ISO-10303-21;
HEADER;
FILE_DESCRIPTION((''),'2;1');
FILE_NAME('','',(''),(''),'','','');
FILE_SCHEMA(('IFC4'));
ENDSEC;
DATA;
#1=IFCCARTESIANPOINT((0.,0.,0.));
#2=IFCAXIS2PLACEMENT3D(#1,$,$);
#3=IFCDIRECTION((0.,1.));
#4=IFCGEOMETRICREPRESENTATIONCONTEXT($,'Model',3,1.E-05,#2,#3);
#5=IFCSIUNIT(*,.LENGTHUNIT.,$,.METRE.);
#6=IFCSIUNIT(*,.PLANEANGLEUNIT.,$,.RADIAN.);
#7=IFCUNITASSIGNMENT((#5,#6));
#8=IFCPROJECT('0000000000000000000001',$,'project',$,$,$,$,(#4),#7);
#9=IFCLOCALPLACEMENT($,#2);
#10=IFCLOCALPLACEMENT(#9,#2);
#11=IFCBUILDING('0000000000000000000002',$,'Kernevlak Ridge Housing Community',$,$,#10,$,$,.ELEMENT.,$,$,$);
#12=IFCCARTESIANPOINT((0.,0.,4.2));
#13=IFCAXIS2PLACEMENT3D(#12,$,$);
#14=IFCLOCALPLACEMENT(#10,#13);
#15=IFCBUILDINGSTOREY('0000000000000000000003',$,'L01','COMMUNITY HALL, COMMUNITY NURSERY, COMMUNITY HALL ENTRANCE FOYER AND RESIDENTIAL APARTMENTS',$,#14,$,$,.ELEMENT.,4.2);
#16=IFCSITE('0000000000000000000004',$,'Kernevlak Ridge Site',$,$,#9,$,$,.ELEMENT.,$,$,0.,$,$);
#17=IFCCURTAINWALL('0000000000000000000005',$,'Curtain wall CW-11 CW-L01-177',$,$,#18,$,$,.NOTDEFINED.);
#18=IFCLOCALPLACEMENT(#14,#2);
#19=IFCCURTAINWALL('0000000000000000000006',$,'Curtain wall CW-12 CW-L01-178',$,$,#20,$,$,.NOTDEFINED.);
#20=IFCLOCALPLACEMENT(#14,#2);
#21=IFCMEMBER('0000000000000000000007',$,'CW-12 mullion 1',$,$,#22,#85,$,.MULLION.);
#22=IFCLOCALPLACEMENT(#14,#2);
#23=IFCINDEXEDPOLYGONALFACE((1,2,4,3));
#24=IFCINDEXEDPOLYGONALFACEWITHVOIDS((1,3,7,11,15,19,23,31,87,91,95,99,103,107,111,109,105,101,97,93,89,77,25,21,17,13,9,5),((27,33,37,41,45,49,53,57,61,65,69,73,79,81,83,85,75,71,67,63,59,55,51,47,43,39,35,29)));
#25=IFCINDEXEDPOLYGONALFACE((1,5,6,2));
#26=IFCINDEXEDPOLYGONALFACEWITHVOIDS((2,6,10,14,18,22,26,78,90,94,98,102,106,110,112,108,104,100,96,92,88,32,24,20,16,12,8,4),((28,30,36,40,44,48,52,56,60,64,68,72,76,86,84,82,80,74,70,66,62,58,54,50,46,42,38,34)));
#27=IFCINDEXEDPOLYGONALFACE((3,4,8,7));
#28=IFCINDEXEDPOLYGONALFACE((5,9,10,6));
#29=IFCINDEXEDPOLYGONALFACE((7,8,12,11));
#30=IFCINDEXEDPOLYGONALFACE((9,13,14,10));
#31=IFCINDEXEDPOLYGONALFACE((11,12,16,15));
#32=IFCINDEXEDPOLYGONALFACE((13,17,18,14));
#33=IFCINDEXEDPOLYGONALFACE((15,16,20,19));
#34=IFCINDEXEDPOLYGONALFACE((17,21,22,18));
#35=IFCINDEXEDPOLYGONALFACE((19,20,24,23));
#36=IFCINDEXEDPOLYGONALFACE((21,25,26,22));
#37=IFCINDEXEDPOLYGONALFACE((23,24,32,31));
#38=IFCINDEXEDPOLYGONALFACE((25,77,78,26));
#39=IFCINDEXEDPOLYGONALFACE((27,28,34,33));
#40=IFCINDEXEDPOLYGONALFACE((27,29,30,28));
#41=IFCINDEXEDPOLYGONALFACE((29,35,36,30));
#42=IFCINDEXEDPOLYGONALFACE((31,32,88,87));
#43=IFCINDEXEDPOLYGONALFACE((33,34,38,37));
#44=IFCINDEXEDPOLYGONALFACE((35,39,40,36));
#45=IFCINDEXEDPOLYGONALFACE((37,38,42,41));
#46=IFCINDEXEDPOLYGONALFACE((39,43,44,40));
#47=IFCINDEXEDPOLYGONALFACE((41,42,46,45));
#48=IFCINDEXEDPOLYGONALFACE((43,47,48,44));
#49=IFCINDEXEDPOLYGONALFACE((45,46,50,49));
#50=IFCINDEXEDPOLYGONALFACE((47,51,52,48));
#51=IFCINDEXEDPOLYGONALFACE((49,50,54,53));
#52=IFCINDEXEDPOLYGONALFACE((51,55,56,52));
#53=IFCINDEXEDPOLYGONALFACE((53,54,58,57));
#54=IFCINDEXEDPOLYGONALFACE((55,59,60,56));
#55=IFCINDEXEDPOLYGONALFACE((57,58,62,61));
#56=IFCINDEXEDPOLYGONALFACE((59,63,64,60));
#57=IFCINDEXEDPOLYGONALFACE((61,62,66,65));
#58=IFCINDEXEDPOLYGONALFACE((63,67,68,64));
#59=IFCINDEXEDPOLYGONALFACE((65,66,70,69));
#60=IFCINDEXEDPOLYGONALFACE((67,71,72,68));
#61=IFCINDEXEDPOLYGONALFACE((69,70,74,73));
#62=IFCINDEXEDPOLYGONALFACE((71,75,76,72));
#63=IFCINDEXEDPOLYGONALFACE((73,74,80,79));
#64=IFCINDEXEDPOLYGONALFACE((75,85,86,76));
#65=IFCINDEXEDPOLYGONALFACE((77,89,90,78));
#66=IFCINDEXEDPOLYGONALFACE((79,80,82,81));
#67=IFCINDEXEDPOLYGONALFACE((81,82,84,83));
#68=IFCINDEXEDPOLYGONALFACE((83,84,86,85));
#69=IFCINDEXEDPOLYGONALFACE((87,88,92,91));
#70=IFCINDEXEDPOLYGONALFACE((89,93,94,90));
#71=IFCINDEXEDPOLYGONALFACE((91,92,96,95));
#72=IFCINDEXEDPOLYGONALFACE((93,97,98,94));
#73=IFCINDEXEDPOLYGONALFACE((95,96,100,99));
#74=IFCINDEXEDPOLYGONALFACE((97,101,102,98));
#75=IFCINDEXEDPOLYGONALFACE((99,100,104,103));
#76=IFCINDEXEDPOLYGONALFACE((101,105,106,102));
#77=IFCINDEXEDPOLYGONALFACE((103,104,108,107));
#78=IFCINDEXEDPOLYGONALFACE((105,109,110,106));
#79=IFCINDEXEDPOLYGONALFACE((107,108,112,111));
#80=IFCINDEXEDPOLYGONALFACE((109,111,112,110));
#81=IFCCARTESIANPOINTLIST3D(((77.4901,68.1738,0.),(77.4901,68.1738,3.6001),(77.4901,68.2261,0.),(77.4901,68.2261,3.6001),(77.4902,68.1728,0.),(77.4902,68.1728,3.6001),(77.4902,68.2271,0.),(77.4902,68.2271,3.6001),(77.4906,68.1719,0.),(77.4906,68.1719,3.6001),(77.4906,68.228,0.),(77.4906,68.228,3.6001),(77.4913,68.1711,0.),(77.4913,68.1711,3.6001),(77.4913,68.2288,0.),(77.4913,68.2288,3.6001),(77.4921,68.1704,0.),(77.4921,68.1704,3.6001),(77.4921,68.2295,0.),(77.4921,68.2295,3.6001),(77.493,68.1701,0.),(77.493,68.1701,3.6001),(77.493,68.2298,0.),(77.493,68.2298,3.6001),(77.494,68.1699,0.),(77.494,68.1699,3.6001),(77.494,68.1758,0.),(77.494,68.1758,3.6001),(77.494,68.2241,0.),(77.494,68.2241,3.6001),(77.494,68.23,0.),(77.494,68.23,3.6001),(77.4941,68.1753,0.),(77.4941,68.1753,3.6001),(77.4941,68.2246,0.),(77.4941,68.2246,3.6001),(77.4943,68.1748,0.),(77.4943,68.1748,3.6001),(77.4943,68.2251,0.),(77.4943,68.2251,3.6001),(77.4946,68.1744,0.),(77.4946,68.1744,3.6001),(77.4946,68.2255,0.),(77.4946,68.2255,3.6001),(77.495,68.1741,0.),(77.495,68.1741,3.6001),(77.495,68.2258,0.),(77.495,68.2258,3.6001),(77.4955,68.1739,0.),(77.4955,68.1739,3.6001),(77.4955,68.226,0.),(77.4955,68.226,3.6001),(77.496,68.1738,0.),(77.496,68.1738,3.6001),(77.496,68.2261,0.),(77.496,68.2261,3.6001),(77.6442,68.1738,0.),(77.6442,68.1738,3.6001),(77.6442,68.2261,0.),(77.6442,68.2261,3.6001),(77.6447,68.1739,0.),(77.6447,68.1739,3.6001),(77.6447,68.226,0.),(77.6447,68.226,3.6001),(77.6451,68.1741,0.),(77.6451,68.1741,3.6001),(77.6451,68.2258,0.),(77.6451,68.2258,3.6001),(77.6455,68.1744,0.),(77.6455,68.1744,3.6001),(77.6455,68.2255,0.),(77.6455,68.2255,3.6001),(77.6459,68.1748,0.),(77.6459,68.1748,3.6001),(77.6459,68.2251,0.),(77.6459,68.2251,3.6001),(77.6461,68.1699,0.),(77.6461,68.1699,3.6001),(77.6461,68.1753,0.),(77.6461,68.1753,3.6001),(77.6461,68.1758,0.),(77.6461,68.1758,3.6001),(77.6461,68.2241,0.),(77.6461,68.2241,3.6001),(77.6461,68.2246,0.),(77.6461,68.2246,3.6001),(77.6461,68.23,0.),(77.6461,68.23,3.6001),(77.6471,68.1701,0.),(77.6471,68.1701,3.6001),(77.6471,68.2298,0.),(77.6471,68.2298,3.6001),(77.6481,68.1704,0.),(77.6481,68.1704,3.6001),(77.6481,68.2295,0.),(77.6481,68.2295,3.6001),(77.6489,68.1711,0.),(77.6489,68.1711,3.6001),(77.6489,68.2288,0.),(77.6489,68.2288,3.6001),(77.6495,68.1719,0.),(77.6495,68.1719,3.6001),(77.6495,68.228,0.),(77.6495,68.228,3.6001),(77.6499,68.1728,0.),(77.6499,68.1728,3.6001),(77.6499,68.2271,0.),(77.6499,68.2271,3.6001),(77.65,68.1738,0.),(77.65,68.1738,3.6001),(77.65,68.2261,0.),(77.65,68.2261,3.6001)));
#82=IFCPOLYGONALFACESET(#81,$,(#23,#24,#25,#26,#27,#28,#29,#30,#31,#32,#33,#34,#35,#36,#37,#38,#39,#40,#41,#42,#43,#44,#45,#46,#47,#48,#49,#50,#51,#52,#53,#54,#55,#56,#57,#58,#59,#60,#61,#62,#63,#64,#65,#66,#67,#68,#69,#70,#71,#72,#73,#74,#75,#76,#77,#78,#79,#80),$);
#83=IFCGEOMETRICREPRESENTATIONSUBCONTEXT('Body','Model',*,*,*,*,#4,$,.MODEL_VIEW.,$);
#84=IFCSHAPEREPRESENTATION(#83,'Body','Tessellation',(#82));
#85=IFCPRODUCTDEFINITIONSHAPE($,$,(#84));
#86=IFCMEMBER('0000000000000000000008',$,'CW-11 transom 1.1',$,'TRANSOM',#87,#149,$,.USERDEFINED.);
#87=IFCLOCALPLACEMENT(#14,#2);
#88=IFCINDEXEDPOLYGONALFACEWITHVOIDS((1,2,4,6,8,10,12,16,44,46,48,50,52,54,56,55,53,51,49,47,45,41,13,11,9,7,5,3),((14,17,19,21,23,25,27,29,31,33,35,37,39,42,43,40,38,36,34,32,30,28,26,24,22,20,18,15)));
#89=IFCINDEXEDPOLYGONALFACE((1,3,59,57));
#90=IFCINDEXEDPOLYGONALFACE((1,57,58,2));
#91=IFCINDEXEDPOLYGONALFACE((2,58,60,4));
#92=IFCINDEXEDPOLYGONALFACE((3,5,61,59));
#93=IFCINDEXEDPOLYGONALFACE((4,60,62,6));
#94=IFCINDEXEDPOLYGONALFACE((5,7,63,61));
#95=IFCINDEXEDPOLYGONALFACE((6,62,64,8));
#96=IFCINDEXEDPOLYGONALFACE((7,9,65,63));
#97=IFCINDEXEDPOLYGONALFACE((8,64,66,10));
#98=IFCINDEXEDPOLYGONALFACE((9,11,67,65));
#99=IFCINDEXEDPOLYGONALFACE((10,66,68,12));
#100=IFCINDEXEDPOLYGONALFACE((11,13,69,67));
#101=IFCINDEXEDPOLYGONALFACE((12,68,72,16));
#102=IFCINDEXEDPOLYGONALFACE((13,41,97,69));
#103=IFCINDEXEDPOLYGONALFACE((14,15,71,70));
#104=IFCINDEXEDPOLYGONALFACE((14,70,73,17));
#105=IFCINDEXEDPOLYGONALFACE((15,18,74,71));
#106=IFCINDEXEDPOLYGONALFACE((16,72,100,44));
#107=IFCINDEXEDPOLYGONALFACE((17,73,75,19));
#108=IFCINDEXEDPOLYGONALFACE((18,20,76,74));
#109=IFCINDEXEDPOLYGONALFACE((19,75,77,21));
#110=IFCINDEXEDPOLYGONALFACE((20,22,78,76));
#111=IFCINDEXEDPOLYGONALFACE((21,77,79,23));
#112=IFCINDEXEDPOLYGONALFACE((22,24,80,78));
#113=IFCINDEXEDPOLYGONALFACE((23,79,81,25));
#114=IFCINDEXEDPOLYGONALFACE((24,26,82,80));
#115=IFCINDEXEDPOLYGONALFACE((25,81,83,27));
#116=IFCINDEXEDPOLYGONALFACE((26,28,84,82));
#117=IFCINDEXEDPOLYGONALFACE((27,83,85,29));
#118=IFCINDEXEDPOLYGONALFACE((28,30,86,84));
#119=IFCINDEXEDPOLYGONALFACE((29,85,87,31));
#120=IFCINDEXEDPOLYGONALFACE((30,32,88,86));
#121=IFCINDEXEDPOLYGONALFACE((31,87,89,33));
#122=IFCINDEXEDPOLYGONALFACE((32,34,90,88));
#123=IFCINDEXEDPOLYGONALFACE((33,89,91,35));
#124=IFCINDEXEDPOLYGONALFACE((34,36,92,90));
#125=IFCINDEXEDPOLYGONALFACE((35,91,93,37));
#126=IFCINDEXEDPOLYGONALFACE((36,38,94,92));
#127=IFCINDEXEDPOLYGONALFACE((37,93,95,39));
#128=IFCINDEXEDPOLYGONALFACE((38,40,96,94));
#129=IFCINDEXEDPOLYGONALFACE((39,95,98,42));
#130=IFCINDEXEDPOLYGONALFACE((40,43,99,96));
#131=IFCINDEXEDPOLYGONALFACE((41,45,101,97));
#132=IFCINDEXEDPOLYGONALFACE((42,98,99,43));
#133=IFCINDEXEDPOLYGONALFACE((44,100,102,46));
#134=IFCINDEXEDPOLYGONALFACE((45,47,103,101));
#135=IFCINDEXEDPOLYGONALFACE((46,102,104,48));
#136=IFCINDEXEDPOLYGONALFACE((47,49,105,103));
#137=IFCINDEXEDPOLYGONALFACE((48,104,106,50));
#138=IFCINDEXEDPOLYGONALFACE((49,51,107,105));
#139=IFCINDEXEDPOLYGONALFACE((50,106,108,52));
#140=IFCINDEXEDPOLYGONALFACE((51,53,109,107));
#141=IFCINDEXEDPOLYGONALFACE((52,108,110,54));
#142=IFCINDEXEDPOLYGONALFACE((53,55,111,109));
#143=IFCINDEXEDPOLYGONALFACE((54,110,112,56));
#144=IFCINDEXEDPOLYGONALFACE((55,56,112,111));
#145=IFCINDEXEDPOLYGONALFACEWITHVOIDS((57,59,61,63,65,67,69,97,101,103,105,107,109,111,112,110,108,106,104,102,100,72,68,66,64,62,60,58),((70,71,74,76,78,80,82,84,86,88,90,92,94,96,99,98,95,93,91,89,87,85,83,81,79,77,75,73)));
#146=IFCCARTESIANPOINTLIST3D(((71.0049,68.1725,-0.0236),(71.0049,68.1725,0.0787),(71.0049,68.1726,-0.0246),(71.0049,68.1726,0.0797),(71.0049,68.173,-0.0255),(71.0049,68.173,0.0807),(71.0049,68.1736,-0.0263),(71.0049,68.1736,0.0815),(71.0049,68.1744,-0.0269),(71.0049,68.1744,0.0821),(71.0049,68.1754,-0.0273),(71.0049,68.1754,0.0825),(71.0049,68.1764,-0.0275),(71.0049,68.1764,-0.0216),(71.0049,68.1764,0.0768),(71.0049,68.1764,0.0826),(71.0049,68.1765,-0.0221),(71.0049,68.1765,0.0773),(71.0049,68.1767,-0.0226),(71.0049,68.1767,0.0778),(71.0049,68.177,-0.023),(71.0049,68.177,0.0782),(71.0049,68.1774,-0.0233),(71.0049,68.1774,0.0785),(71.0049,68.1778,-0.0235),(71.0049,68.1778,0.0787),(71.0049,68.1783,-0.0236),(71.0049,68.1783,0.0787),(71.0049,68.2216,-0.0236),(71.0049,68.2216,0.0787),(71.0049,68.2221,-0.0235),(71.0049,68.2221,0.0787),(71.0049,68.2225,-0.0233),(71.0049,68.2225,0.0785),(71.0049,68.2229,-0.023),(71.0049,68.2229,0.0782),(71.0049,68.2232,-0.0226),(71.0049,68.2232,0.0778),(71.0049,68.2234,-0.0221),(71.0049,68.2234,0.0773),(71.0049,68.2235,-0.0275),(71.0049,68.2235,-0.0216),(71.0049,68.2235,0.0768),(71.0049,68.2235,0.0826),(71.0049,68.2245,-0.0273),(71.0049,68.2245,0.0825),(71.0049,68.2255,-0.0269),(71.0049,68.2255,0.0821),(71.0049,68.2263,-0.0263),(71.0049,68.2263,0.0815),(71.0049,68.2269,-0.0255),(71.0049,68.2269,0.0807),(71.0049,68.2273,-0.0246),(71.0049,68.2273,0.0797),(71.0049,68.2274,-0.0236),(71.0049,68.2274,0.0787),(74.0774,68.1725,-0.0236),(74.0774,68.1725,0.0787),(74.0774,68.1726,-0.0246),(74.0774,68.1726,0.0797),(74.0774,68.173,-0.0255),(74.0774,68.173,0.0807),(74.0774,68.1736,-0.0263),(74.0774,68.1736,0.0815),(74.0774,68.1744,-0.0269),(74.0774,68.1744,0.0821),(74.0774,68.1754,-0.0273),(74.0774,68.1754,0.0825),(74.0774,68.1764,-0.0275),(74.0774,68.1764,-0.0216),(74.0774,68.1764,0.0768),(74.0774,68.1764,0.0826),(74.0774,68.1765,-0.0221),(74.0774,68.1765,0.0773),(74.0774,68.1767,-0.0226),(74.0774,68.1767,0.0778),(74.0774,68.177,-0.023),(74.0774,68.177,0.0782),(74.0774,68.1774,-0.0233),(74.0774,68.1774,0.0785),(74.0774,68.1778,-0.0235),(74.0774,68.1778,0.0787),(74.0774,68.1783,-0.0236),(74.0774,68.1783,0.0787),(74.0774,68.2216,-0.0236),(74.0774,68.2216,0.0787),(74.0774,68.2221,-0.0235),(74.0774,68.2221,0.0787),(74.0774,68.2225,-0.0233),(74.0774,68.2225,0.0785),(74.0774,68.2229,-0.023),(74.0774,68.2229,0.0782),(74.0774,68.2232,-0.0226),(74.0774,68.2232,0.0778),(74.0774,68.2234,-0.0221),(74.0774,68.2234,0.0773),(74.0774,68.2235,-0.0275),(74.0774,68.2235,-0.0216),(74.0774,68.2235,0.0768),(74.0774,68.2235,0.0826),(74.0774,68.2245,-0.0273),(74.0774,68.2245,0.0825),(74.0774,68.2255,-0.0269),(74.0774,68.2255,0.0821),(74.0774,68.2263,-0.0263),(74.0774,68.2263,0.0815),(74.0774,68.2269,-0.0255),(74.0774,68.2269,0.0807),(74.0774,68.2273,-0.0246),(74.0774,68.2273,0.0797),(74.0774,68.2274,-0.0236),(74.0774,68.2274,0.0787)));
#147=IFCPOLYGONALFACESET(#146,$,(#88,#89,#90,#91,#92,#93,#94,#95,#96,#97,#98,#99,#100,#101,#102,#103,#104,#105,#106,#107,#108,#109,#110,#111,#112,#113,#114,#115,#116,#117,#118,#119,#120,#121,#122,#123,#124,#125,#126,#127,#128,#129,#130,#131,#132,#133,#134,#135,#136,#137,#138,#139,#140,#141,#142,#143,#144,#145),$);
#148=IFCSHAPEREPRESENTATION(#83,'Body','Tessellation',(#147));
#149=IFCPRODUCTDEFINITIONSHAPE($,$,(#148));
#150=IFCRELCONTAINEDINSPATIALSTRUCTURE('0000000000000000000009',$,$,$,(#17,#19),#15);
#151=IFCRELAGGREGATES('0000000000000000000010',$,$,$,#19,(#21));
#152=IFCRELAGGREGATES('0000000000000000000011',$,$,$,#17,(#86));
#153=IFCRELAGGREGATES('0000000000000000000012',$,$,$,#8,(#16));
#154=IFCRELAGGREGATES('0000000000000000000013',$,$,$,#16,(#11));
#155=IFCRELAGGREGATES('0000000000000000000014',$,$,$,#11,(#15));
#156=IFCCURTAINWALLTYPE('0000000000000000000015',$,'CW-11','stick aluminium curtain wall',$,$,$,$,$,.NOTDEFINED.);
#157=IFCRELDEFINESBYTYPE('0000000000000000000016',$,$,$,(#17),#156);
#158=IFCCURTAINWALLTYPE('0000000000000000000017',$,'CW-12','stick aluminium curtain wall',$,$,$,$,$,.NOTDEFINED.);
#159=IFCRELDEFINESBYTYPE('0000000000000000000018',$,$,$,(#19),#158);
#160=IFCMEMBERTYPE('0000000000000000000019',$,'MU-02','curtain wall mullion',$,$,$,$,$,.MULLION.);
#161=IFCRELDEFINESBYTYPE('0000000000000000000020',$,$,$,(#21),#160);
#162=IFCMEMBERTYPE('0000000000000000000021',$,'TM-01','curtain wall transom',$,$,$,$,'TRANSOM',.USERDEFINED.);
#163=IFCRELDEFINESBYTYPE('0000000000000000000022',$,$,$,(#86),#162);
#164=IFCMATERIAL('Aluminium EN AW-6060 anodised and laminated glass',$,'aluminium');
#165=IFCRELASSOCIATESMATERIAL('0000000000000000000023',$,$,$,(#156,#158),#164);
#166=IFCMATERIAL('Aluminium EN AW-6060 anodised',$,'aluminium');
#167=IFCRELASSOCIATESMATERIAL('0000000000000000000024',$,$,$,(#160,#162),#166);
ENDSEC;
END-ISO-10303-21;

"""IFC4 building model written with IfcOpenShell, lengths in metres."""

from ifc_helpers import new_model, si_unit, direction, frame, origin, origin_2d, place, context, subcontext, project, spatial, hollow_rectangle, extrude, material, material_profile, profile_set, type_object, element, aggregate, save


model = new_model("IFC4")

# Units and contexts
model_context = context("Model", 3, precision=1e-05, world=origin(), true_north=direction((0.0, 1.0)))
body_context = subcontext(model_context, "Body", "Model", "MODEL_VIEW")
ifc_project = project(units=[si_unit("LENGTHUNIT", "METRE"), si_unit("PLANEANGLEUNIT", "RADIAN")], contexts=[model_context])

# Site, building, storey
site_placement = place(None, origin())
site = spatial("IfcSite", under=ifc_project, at=site_placement, Name="Kernevlak Ridge Site", CompositionType="ELEMENT", RefElevation=0.0)
building_placement = place(site_placement, origin())
building = spatial("IfcBuilding", under=site, at=building_placement, Name="Kernevlak Ridge Housing Community", CompositionType="ELEMENT")
storey_placement = place(building_placement, frame((0.0, 0.0, 4.2)))
storey = spatial("IfcBuildingStorey", under=building, at=storey_placement, Name="L01", Description="COMMUNITY HALL, COMMUNITY NURSERY, COMMUNITY HALL ENTRANCE FOYER AND RESIDENTIAL APARTMENTS", CompositionType="ELEMENT", Elevation=4.2)

# Curtain wall
ifc_material_1 = material(Name="Aluminium EN AW-6060 anodised and laminated glass", Category="aluminium")
curtain_wall_type_1 = type_object("IfcCurtainWallType", Name="CW-11", Description="stick aluminium curtain wall", PredefinedType="NOTDEFINED", material=ifc_material_1)
curtain_wall_1_placement = place(storey_placement, origin())
curtain_wall_1 = element("IfcCurtainWall", 1, at=curtain_wall_1_placement, inside=storey, type_object=curtain_wall_type_1, Name="Curtain wall CW-11 CW-L01-177", PredefinedType="NOTDEFINED")
ifc_material_2 = material(Name="Aluminium EN AW-6060 anodised", Category="aluminium")

# Curtain wall, member
curtain_wall_type_2 = type_object("IfcCurtainWallType", Name="CW-12", Description="stick aluminium curtain wall", PredefinedType="NOTDEFINED", material=ifc_material_1)
curtain_wall_2_placement = place(storey_placement, origin())
curtain_wall_2 = element("IfcCurtainWall", 2, at=curtain_wall_2_placement, inside=storey, type_object=curtain_wall_type_2, Name="Curtain wall CW-12 CW-L01-178", PredefinedType="NOTDEFINED")
ifc_material_profile_1 = material_profile(ifc_material_2, hollow_rectangle(XDim=0.0601, YDim=0.1599, WallThickness=0.0039, InnerFilletRadius=0.002, OuterFilletRadius=0.0039, at=origin_2d()), Name="ALU 60x160x4")
ifc_profile_set_1 = profile_set([ifc_material_profile_1], Name="Aluminium EN AW-6060 anodised")
member_type_1 = type_object("IfcMemberType", Name="MU-02", Description="curtain wall mullion", PredefinedType="MULLION", material=ifc_profile_set_1)
member_1_placement = place(storey_placement, frame((77.5701, 68.2, 0.0), z_axis=(0.0, 0.0, 1.0), x_axis=(0.0, 1.0, 0.0)))
member_1 = element("IfcMember", 3, at=member_1_placement, type_object=member_type_1, Name="CW-12 mullion 1", PredefinedType="MULLION", context=body_context, shape_type="SweptSolid", body=[
    extrude(hollow_rectangle(XDim=0.0601, YDim=0.1599, WallThickness=0.0039, InnerFilletRadius=0.002, OuterFilletRadius=0.0039, at=origin_2d()), origin(), (0.0, 0.0, 1.0), 3.6001),
])

# Member
ifc_material_profile_2 = material_profile(ifc_material_2, hollow_rectangle(XDim=0.0549, YDim=0.1101, WallThickness=0.0039, InnerFilletRadius=0.002, OuterFilletRadius=0.0039, at=origin_2d()), Name="ALU 55x110x4")
ifc_profile_set_2 = profile_set([ifc_material_profile_2], Name="Aluminium EN AW-6060 anodised")
member_type_2 = type_object("IfcMemberType", Name="TM-01", Description="curtain wall transom", ElementType="TRANSOM", PredefinedType="USERDEFINED", material=ifc_profile_set_2)
member_2_placement = place(storey_placement, frame((71.0049, 68.2, 0.0276), z_axis=(1.0, 0.0, 0.0), x_axis=(0.0, 1.0, 0.0)))
member_2 = element("IfcMember", 4, at=member_2_placement, type_object=member_type_2, Name="CW-11 transom 1.1", ObjectType="TRANSOM", PredefinedType="USERDEFINED", context=body_context, shape_type="SweptSolid", body=[
    extrude(hollow_rectangle(XDim=0.0549, YDim=0.1101, WallThickness=0.0039, InnerFilletRadius=0.002, OuterFilletRadius=0.0039, at=origin_2d()), origin(), (0.0, 0.0, 1.0), 3.0725),
])
aggregate(curtain_wall_2, [member_1])

aggregate(curtain_wall_1, [member_2])

save(model, "model.ifc")
